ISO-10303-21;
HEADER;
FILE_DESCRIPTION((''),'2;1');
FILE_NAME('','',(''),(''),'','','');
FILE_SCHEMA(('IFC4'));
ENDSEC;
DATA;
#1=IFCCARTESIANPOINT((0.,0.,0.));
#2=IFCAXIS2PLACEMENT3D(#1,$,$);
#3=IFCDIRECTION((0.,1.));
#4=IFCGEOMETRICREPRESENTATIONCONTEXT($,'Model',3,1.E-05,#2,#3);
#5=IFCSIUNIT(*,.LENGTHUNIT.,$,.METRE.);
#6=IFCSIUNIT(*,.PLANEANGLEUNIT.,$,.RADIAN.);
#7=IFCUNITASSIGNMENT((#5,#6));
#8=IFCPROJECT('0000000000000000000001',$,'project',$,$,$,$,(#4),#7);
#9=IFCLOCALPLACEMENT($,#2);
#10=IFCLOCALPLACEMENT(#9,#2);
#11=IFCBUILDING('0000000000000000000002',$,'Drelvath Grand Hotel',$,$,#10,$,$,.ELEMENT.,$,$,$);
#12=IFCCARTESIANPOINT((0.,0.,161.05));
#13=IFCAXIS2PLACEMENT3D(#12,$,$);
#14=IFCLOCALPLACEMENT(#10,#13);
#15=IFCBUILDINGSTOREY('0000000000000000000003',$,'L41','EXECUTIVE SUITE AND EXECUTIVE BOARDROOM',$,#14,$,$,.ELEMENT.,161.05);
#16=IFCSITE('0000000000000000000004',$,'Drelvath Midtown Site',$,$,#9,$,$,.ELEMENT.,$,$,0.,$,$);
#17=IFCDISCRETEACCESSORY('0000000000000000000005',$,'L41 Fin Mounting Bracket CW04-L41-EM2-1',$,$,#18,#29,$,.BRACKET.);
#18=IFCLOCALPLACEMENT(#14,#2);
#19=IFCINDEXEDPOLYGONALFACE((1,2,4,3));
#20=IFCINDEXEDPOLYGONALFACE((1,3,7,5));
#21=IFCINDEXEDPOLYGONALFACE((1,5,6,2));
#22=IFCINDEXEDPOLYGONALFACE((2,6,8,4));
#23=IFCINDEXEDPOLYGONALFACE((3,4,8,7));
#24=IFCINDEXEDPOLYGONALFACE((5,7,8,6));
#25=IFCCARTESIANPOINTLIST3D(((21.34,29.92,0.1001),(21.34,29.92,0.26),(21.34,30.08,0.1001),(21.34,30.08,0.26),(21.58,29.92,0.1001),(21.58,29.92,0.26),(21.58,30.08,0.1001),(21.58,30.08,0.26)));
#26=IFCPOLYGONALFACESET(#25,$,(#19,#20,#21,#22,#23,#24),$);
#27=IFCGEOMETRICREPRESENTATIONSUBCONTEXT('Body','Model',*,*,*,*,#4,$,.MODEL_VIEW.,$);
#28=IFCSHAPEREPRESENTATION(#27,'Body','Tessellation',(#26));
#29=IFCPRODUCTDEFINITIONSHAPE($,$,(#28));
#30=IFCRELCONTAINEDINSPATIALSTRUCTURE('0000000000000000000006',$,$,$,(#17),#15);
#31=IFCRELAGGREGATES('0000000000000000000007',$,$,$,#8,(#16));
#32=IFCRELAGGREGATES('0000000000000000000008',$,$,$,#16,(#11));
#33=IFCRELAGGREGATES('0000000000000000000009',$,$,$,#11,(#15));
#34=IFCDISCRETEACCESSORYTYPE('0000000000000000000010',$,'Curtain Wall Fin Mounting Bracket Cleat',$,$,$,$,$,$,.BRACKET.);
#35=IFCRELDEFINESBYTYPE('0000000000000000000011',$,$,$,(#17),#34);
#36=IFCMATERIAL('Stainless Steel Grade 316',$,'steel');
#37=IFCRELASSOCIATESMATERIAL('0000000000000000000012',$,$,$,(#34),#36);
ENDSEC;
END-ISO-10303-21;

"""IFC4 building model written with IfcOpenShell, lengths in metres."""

from ifc_helpers import new_model, si_unit, direction, frame, origin, origin_2d, place, context, subcontext, project, spatial, rectangle, extrude, material, type_object, element, save


model = new_model("IFC4")

# Units and contexts
model_context = context("Model", 3, precision=1e-05, world=origin(), true_north=direction((0.0, 1.0)))
body_context = subcontext(model_context, "Body", "Model", "MODEL_VIEW")
ifc_project = project(units=[si_unit("LENGTHUNIT", "METRE"), si_unit("PLANEANGLEUNIT", "RADIAN")], contexts=[model_context])

# Site, building, storey
site_placement = place(None, origin())
site = spatial("IfcSite", under=ifc_project, at=site_placement, Name="Drelvath Midtown Site", CompositionType="ELEMENT", RefElevation=0.0)
building_placement = place(site_placement, origin())
building = spatial("IfcBuilding", under=site, at=building_placement, Name="Drelvath Grand Hotel", CompositionType="ELEMENT")
storey_placement = place(building_placement, frame((0.0, 0.0, 161.05)))
storey = spatial("IfcBuildingStorey", under=building, at=storey_placement, Name="L41", Description="EXECUTIVE SUITE AND EXECUTIVE BOARDROOM", CompositionType="ELEMENT", Elevation=161.05)

# Discrete accessory
ifc_material_1 = material(Name="Stainless Steel Grade 316", Category="steel")
discrete_accessory_type = type_object("IfcDiscreteAccessoryType", Name="Curtain Wall Fin Mounting Bracket Cleat", PredefinedType="BRACKET", material=ifc_material_1)
discrete_accessory_placement = place(storey_placement, frame((21.46, 30.0, 0.1001), z_axis=(0.0, 0.0, 1.0), x_axis=(0.0, -1.0, 0.0)))
element("IfcDiscreteAccessory", 1, at=discrete_accessory_placement, inside=storey, type_object=discrete_accessory_type, Name="L41 Fin Mounting Bracket CW04-L41-EM2-1", PredefinedType="BRACKET", context=body_context, shape_type="SweptSolid", body=[
    extrude(rectangle(XDim=0.1599, YDim=0.24, at=origin_2d()), origin(), (0.0, 0.0, 1.0), 0.1599),
])

save(model, "model.ifc")
